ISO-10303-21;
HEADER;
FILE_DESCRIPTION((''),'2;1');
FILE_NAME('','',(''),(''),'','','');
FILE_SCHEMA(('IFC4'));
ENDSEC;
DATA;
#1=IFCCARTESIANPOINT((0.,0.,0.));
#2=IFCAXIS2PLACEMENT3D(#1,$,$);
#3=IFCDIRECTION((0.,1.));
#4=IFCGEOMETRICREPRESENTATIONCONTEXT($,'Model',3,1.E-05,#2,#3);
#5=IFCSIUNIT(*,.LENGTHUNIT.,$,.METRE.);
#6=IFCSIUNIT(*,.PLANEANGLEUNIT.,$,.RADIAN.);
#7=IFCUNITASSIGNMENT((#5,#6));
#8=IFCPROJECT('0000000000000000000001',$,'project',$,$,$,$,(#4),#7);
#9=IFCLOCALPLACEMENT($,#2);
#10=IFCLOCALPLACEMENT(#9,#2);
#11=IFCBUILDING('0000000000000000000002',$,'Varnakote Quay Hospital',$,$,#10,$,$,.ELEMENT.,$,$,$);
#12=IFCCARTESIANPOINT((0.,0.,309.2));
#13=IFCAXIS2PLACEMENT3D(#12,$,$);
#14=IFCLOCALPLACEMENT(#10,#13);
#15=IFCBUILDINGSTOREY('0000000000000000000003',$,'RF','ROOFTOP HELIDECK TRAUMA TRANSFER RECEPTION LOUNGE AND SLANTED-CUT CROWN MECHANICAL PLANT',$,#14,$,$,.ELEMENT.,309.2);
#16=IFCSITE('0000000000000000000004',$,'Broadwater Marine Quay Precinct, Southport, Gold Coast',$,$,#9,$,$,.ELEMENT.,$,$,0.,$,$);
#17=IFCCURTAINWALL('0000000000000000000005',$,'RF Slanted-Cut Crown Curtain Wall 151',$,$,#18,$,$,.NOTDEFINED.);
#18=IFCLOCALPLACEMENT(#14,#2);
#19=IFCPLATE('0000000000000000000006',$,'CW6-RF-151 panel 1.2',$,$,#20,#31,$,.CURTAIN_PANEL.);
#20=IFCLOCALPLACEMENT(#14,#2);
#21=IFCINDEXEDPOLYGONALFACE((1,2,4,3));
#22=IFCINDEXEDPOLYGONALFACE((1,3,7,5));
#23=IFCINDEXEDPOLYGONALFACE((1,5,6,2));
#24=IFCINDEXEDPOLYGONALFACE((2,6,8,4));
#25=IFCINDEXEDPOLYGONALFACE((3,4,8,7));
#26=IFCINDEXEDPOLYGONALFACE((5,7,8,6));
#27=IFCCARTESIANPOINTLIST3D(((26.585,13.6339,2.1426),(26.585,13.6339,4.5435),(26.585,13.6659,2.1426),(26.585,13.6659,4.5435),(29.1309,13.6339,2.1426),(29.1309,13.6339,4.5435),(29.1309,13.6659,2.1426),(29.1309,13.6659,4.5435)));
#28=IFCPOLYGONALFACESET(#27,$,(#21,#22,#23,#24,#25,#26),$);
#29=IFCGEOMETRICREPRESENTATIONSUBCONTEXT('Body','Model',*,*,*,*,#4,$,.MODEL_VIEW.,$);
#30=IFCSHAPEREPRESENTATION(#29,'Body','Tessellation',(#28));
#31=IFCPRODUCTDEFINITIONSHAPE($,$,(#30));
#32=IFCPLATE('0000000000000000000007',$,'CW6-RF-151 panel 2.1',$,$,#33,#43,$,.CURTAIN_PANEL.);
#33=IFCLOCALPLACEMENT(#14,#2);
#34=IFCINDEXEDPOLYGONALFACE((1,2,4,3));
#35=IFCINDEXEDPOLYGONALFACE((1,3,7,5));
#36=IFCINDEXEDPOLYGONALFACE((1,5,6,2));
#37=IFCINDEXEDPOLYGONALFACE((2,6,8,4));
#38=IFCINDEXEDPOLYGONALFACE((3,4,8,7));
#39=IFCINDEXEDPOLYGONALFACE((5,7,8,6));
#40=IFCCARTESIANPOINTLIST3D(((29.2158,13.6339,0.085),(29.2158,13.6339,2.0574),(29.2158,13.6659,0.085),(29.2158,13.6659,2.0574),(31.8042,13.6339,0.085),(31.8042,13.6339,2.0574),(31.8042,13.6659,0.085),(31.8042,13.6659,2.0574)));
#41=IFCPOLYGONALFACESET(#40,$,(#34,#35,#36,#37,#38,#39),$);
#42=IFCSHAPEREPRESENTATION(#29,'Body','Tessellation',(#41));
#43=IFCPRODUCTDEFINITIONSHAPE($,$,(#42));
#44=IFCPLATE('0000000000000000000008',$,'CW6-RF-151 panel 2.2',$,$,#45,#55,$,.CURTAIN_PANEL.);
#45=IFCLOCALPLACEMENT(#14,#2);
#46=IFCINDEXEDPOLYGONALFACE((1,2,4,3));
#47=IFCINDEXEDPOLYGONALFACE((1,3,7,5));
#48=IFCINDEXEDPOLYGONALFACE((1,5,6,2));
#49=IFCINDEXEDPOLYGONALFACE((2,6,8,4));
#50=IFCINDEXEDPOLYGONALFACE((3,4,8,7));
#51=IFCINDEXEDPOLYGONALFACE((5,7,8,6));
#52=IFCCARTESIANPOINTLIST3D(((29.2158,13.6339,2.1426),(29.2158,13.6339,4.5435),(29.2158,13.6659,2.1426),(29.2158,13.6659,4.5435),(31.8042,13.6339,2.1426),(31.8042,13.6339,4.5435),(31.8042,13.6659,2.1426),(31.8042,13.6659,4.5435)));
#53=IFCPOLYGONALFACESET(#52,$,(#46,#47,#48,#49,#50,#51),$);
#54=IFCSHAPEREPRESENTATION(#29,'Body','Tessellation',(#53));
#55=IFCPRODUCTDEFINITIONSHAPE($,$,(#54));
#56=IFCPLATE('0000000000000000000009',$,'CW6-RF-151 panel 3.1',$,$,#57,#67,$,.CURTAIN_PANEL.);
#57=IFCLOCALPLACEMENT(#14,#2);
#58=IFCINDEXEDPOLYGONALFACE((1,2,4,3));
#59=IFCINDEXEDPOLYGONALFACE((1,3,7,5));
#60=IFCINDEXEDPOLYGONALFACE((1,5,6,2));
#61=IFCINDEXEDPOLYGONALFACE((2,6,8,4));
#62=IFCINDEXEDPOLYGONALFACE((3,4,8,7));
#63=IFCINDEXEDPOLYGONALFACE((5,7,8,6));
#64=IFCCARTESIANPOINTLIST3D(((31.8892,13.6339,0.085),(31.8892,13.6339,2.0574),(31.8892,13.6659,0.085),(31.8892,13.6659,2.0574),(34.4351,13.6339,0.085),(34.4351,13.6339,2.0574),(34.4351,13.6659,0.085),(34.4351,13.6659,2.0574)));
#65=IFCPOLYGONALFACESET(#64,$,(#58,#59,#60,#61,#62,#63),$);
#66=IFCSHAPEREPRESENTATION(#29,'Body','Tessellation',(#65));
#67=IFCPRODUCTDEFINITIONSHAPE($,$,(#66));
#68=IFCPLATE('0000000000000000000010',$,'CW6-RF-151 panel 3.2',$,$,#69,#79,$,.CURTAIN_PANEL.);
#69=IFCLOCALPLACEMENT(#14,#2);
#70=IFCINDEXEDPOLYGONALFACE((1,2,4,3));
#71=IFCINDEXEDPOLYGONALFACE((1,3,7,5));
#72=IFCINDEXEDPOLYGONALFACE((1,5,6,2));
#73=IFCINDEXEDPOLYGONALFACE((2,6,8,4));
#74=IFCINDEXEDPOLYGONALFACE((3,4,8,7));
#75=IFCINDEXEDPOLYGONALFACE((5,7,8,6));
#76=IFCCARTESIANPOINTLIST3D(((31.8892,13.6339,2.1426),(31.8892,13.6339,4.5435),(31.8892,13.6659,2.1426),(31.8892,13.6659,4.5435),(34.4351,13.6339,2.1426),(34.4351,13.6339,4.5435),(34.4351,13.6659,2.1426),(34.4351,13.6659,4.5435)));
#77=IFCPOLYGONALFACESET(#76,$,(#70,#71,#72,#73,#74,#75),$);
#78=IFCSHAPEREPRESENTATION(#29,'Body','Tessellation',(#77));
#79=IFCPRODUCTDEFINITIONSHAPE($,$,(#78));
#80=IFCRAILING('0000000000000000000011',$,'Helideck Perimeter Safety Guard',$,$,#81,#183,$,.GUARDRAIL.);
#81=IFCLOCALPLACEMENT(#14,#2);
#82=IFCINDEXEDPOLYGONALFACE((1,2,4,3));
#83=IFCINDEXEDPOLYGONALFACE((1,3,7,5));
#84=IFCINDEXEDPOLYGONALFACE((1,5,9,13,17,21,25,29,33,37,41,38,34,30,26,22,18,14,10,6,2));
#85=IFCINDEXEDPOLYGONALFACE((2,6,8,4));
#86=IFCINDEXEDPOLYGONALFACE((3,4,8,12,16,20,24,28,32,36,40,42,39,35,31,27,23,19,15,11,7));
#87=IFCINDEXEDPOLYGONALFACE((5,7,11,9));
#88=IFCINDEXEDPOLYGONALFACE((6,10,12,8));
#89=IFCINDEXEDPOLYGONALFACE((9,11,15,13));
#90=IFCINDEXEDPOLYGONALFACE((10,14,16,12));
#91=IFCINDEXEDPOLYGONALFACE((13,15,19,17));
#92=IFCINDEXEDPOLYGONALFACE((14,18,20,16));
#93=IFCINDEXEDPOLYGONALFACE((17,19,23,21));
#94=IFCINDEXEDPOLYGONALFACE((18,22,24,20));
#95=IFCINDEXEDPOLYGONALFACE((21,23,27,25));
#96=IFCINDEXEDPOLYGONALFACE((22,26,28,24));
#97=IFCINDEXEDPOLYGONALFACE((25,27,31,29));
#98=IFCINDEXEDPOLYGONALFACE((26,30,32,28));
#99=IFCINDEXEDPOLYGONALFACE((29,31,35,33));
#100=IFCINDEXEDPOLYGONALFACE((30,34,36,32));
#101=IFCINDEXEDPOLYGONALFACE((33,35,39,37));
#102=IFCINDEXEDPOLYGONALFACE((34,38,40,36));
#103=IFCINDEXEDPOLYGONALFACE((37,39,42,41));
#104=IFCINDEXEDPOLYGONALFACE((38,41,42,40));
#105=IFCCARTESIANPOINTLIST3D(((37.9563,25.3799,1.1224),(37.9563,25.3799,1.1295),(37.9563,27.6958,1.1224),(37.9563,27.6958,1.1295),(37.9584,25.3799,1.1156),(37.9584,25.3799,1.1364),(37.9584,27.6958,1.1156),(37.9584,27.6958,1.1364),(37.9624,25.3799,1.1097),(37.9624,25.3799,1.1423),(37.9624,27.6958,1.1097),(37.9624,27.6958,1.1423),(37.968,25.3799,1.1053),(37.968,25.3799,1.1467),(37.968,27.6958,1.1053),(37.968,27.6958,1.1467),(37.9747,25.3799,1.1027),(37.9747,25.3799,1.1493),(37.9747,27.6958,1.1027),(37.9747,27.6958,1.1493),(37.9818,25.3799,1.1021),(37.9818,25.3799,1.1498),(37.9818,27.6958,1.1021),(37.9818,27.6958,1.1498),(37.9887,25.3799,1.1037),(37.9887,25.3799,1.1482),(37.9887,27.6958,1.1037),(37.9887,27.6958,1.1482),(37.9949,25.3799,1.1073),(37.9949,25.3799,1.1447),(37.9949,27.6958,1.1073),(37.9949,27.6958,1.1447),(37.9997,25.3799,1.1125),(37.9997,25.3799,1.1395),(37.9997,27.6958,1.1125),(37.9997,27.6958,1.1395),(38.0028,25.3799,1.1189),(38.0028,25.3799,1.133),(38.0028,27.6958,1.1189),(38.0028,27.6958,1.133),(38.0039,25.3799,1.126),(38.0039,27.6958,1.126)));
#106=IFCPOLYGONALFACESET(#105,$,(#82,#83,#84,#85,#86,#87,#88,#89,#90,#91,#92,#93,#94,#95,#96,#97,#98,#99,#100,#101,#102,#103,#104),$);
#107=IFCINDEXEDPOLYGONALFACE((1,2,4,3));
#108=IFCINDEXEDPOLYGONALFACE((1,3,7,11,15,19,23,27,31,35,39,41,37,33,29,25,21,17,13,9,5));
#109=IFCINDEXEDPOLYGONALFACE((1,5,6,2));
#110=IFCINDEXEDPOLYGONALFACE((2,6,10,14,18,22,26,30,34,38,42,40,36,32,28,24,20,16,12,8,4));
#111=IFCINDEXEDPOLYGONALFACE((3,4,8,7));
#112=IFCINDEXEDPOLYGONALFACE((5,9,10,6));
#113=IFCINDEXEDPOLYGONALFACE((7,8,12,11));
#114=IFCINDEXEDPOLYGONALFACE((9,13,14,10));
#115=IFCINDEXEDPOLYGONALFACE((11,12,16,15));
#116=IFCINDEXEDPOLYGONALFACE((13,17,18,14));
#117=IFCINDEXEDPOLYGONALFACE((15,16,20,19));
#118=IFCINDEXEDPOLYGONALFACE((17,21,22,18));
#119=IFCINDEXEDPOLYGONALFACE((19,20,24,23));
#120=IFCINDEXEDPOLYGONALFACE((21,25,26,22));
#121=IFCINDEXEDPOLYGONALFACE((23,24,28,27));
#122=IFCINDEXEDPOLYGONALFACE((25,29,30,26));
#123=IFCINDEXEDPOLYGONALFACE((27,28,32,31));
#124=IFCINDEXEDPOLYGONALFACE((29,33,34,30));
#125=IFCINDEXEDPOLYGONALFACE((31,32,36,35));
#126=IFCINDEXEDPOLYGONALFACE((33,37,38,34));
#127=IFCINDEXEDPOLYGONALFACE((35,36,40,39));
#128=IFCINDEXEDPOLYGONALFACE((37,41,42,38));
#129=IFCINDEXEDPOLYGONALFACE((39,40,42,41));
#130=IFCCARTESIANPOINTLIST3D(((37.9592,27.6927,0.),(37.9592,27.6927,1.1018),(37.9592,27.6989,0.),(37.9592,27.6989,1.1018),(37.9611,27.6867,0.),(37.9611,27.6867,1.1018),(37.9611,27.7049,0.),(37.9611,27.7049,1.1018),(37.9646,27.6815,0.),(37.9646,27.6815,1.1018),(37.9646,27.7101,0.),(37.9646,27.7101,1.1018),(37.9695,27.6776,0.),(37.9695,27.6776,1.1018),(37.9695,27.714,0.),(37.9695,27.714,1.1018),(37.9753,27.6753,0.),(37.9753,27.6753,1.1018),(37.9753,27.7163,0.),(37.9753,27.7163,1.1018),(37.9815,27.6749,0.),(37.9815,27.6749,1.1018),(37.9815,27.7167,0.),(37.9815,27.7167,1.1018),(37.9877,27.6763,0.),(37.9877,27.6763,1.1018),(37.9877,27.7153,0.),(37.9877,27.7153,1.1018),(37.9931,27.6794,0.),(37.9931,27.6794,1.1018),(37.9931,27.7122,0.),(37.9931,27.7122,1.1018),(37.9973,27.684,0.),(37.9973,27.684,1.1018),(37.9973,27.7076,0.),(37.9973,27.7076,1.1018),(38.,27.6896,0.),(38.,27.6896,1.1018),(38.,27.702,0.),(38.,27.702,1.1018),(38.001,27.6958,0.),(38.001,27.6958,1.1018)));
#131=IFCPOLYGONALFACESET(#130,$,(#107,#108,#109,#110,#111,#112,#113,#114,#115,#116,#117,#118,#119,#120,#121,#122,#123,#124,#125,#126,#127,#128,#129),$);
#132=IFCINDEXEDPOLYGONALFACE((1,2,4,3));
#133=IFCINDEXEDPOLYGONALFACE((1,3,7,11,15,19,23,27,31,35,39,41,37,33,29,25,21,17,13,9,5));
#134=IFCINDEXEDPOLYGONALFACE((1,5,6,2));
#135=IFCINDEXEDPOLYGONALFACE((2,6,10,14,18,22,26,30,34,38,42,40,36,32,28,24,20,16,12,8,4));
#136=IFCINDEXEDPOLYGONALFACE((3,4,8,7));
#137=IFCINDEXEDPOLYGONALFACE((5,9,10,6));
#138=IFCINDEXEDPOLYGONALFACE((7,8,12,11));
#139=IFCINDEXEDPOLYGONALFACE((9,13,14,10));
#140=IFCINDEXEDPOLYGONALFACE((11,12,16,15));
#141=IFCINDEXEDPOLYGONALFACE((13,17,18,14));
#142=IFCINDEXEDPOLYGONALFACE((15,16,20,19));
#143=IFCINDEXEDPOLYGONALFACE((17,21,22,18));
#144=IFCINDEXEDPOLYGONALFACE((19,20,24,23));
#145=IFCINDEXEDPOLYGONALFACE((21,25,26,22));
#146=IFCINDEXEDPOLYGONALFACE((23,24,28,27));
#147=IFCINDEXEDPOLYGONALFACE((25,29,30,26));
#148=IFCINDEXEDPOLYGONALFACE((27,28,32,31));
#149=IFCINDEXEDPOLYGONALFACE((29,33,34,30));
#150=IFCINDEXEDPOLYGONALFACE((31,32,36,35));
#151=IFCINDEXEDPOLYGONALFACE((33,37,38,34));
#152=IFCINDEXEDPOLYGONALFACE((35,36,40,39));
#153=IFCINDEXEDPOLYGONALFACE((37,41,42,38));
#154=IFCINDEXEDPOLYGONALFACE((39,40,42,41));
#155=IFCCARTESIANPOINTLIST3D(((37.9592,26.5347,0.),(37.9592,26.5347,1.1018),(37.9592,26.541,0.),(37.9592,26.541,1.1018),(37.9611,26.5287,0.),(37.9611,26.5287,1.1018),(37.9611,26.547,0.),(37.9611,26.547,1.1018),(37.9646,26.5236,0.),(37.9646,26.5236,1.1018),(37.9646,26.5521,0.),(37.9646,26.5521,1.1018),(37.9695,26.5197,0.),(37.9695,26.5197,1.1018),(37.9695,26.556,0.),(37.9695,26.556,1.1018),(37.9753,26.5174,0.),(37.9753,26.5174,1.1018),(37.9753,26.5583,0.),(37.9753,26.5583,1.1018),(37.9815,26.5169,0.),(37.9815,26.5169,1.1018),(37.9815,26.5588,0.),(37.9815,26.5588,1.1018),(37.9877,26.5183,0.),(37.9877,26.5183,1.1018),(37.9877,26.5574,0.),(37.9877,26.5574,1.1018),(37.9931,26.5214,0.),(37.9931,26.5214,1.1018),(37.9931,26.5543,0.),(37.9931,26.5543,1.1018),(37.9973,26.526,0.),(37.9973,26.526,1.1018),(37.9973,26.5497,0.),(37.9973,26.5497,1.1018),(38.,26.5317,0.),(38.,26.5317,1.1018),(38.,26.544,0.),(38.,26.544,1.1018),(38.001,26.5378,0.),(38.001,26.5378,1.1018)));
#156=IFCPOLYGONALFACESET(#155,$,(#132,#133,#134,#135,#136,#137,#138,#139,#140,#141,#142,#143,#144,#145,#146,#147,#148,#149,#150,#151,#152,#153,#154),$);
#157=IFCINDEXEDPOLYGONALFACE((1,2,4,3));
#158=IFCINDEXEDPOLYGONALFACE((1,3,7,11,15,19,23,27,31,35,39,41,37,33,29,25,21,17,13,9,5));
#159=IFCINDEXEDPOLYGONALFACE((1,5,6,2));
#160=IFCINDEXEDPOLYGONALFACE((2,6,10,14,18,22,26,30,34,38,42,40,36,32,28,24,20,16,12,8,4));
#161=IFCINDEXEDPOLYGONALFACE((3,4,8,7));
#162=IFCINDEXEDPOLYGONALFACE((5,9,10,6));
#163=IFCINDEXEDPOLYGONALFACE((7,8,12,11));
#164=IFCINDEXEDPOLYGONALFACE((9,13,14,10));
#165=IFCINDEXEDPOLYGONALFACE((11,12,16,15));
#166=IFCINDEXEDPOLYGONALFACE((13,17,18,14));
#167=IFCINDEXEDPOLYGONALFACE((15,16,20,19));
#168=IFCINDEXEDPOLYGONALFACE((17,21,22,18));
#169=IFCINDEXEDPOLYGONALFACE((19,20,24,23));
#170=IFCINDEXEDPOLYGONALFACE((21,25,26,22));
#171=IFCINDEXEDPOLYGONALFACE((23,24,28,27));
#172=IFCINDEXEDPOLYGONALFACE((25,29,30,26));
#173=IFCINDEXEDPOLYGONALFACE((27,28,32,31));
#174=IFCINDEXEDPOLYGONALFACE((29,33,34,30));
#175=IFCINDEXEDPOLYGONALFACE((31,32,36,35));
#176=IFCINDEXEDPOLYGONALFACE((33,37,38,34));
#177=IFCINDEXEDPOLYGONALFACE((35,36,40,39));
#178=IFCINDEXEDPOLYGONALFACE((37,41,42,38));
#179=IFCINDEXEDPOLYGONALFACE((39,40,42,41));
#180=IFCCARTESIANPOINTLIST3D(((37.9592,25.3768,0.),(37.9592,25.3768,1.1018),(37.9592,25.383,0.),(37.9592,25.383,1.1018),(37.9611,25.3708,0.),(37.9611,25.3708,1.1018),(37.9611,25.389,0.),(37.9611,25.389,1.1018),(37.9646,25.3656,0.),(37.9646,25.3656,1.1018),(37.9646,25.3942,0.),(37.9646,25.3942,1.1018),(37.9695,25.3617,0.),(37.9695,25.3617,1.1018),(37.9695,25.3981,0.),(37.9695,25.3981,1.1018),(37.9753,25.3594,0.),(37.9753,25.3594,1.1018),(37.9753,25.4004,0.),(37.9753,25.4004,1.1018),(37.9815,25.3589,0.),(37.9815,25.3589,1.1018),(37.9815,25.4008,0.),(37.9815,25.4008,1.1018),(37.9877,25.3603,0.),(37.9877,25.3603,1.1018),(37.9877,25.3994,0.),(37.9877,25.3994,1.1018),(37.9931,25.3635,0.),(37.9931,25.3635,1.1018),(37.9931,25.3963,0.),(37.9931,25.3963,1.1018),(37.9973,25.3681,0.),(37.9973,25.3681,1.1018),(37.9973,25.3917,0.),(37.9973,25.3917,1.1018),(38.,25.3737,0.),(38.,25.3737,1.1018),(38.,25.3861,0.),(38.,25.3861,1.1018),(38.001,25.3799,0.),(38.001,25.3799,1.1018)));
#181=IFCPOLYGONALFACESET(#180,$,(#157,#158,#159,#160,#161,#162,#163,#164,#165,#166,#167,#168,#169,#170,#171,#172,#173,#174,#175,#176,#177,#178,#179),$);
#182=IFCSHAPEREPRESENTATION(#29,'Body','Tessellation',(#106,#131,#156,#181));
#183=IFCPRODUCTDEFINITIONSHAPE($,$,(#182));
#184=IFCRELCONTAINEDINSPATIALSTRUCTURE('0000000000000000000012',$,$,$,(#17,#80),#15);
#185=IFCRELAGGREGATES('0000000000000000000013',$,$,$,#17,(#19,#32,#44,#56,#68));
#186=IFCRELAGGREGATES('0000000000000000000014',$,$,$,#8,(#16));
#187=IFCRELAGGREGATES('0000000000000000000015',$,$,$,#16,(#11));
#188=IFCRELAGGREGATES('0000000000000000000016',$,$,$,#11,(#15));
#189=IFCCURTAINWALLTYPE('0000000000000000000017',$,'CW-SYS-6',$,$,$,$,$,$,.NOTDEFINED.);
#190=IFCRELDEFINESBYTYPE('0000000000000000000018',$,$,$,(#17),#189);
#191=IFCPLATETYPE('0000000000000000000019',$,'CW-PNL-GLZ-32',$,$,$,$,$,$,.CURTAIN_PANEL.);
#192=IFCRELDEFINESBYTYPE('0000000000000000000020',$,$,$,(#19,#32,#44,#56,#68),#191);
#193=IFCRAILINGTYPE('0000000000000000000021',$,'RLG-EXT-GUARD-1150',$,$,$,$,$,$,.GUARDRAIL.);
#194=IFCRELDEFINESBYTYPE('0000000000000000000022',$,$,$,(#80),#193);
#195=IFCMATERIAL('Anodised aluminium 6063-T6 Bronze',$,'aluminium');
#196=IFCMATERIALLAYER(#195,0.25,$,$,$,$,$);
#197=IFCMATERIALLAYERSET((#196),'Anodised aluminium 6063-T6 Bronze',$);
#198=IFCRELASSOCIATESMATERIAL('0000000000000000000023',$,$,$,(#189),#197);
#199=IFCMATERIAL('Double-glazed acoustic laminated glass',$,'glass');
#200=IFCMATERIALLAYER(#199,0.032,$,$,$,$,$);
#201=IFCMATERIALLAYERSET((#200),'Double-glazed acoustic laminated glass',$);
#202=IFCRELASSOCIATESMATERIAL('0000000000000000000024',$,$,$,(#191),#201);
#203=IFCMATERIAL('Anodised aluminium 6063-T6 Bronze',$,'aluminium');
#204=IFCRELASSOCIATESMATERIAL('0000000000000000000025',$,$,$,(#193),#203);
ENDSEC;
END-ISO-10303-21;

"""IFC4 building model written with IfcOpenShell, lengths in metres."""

from ifc_helpers import new_model, si_unit, direction, frame, origin, origin_2d, place, context, subcontext, project, spatial, rectangle, circle, extrude, material, layer, layer_set, type_object, element, aggregate, save


model = new_model("IFC4")

# Units and contexts
model_context = context("Model", 3, precision=1e-05, world=origin(), true_north=direction((0.0, 1.0)))
body_context = subcontext(model_context, "Body", "Model", "MODEL_VIEW")
ifc_project = project(units=[si_unit("LENGTHUNIT", "METRE"), si_unit("PLANEANGLEUNIT", "RADIAN")], contexts=[model_context])

# Site, building, storey
site_placement = place(None, origin())
site = spatial("IfcSite", under=ifc_project, at=site_placement, Name="Broadwater Marine Quay Precinct, Southport, Gold Coast", CompositionType="ELEMENT", RefElevation=0.0)
building_placement = place(site_placement, origin())
building = spatial("IfcBuilding", under=site, at=building_placement, Name="Varnakote Quay Hospital", CompositionType="ELEMENT")
storey_placement = place(building_placement, frame((0.0, 0.0, 309.2)))
storey = spatial("IfcBuildingStorey", under=building, at=storey_placement, Name="RF", Description="ROOFTOP HELIDECK TRAUMA TRANSFER RECEPTION LOUNGE AND SLANTED-CUT CROWN MECHANICAL PLANT", CompositionType="ELEMENT", Elevation=309.2)

# Curtain wall
ifc_material_1 = material(Name="Anodised aluminium 6063-T6 Bronze", Category="aluminium")
ifc_layer_1 = layer(ifc_material_1, 0.25)
ifc_layer_set_1 = layer_set([ifc_layer_1], Name="Anodised aluminium 6063-T6 Bronze")
curtain_wall_type = type_object("IfcCurtainWallType", Name="CW-SYS-6", PredefinedType="NOTDEFINED", material=ifc_layer_set_1)
curtain_wall_1_placement = place(storey_placement, origin())
curtain_wall_1 = element("IfcCurtainWall", 1, at=curtain_wall_1_placement, inside=storey, type_object=curtain_wall_type, Name="RF Slanted-Cut Crown Curtain Wall 151", PredefinedType="NOTDEFINED")

# Plates
ifc_material_2 = material(Name="Double-glazed acoustic laminated glass", Category="glass")
ifc_layer_2 = layer(ifc_material_2, 0.032)
ifc_layer_set_2 = layer_set([ifc_layer_2], Name="Double-glazed acoustic laminated glass")
plate_type = type_object("IfcPlateType", Name="CW-PNL-GLZ-32", PredefinedType="CURTAIN_PANEL", material=ifc_layer_set_2)
plate_1_placement = place(storey_placement, frame((27.8579, 13.6499, 2.1426), z_axis=(0.0, 0.0, 1.0), x_axis=(1.0, 0.0, 0.0)))
plate_1 = element("IfcPlate", 2, at=plate_1_placement, type_object=plate_type, Name="CW6-RF-151 panel 1.2", PredefinedType="CURTAIN_PANEL", context=body_context, shape_type="SweptSolid", body=[
    extrude(rectangle(XDim=2.5459, YDim=0.032, at=origin_2d()), origin(), (0.0, 0.0, 1.0), 2.4009),
])
plate_2_placement = place(storey_placement, frame((30.51, 13.6499, 0.085), z_axis=(0.0, 0.0, 1.0), x_axis=(1.0, 0.0, 0.0)))
plate_2 = element("IfcPlate", 3, at=plate_2_placement, type_object=plate_type, Name="CW6-RF-151 panel 2.1", PredefinedType="CURTAIN_PANEL", context=body_context, shape_type="SweptSolid", body=[
    extrude(rectangle(XDim=2.5884, YDim=0.032, at=origin_2d()), origin(), (0.0, 0.0, 1.0), 1.9724),
])
plate_3_placement = place(storey_placement, frame((30.51, 13.6499, 2.1426), z_axis=(0.0, 0.0, 1.0), x_axis=(1.0, 0.0, 0.0)))
plate_3 = element("IfcPlate", 4, at=plate_3_placement, type_object=plate_type, Name="CW6-RF-151 panel 2.2", PredefinedType="CURTAIN_PANEL", context=body_context, shape_type="SweptSolid", body=[
    extrude(rectangle(XDim=2.5884, YDim=0.032, at=origin_2d()), origin(), (0.0, 0.0, 1.0), 2.4009),
])
plate_4_placement = place(storey_placement, frame((33.1621, 13.6499, 0.085), z_axis=(0.0, 0.0, 1.0), x_axis=(1.0, 0.0, 0.0)))
plate_4 = element("IfcPlate", 5, at=plate_4_placement, type_object=plate_type, Name="CW6-RF-151 panel 3.1", PredefinedType="CURTAIN_PANEL", context=body_context, shape_type="SweptSolid", body=[
    extrude(rectangle(XDim=2.5459, YDim=0.032, at=origin_2d()), origin(), (0.0, 0.0, 1.0), 1.9724),
])
plate_5_placement = place(storey_placement, frame((33.1621, 13.6499, 2.1426), z_axis=(0.0, 0.0, 1.0), x_axis=(1.0, 0.0, 0.0)))
plate_5 = element("IfcPlate", 6, at=plate_5_placement, type_object=plate_type, Name="CW6-RF-151 panel 3.2", PredefinedType="CURTAIN_PANEL", context=body_context, shape_type="SweptSolid", body=[
    extrude(rectangle(XDim=2.5459, YDim=0.032, at=origin_2d()), origin(), (0.0, 0.0, 1.0), 2.4009),
])
aggregate(curtain_wall_1, [plate_1, plate_2, plate_3, plate_4, plate_5])

# Railing
ifc_material_3 = material(Name="Anodised aluminium 6063-T6 Bronze", Category="aluminium")
railing_type = type_object("IfcRailingType", Name="RLG-EXT-GUARD-1150", PredefinedType="GUARDRAIL", material=ifc_material_3)
railing_1_placement = place(storey_placement, frame((37.98, 27.6958, 0.0)))
element("IfcRailing", 7, at=railing_1_placement, inside=storey, type_object=railing_type, Name="Helideck Perimeter Safety Guard", PredefinedType="GUARDRAIL", context=body_context, shape_type="SweptSolid", body=[
    extrude(circle(Radius=0.0239, at=origin_2d()), frame((0.0, 0.0, 1.126), z_axis=(0.0, -1.0, 0.0), x_axis=(1.0, 0.0, 0.0)), (0.0, 0.0, 1.0), 2.3159),
    extrude(circle(Radius=0.021, at=origin_2d()), origin(), (0.0, 0.0, 1.0), 1.1018),
    extrude(circle(Radius=0.021, at=origin_2d()), frame((0.0, -1.158, 0.0)), (0.0, 0.0, 1.0), 1.1018),
    extrude(circle(Radius=0.021, at=origin_2d()), frame((0.0, -2.3159, 0.0)), (0.0, 0.0, 1.0), 1.1018),
])

save(model, "model.ifc")
